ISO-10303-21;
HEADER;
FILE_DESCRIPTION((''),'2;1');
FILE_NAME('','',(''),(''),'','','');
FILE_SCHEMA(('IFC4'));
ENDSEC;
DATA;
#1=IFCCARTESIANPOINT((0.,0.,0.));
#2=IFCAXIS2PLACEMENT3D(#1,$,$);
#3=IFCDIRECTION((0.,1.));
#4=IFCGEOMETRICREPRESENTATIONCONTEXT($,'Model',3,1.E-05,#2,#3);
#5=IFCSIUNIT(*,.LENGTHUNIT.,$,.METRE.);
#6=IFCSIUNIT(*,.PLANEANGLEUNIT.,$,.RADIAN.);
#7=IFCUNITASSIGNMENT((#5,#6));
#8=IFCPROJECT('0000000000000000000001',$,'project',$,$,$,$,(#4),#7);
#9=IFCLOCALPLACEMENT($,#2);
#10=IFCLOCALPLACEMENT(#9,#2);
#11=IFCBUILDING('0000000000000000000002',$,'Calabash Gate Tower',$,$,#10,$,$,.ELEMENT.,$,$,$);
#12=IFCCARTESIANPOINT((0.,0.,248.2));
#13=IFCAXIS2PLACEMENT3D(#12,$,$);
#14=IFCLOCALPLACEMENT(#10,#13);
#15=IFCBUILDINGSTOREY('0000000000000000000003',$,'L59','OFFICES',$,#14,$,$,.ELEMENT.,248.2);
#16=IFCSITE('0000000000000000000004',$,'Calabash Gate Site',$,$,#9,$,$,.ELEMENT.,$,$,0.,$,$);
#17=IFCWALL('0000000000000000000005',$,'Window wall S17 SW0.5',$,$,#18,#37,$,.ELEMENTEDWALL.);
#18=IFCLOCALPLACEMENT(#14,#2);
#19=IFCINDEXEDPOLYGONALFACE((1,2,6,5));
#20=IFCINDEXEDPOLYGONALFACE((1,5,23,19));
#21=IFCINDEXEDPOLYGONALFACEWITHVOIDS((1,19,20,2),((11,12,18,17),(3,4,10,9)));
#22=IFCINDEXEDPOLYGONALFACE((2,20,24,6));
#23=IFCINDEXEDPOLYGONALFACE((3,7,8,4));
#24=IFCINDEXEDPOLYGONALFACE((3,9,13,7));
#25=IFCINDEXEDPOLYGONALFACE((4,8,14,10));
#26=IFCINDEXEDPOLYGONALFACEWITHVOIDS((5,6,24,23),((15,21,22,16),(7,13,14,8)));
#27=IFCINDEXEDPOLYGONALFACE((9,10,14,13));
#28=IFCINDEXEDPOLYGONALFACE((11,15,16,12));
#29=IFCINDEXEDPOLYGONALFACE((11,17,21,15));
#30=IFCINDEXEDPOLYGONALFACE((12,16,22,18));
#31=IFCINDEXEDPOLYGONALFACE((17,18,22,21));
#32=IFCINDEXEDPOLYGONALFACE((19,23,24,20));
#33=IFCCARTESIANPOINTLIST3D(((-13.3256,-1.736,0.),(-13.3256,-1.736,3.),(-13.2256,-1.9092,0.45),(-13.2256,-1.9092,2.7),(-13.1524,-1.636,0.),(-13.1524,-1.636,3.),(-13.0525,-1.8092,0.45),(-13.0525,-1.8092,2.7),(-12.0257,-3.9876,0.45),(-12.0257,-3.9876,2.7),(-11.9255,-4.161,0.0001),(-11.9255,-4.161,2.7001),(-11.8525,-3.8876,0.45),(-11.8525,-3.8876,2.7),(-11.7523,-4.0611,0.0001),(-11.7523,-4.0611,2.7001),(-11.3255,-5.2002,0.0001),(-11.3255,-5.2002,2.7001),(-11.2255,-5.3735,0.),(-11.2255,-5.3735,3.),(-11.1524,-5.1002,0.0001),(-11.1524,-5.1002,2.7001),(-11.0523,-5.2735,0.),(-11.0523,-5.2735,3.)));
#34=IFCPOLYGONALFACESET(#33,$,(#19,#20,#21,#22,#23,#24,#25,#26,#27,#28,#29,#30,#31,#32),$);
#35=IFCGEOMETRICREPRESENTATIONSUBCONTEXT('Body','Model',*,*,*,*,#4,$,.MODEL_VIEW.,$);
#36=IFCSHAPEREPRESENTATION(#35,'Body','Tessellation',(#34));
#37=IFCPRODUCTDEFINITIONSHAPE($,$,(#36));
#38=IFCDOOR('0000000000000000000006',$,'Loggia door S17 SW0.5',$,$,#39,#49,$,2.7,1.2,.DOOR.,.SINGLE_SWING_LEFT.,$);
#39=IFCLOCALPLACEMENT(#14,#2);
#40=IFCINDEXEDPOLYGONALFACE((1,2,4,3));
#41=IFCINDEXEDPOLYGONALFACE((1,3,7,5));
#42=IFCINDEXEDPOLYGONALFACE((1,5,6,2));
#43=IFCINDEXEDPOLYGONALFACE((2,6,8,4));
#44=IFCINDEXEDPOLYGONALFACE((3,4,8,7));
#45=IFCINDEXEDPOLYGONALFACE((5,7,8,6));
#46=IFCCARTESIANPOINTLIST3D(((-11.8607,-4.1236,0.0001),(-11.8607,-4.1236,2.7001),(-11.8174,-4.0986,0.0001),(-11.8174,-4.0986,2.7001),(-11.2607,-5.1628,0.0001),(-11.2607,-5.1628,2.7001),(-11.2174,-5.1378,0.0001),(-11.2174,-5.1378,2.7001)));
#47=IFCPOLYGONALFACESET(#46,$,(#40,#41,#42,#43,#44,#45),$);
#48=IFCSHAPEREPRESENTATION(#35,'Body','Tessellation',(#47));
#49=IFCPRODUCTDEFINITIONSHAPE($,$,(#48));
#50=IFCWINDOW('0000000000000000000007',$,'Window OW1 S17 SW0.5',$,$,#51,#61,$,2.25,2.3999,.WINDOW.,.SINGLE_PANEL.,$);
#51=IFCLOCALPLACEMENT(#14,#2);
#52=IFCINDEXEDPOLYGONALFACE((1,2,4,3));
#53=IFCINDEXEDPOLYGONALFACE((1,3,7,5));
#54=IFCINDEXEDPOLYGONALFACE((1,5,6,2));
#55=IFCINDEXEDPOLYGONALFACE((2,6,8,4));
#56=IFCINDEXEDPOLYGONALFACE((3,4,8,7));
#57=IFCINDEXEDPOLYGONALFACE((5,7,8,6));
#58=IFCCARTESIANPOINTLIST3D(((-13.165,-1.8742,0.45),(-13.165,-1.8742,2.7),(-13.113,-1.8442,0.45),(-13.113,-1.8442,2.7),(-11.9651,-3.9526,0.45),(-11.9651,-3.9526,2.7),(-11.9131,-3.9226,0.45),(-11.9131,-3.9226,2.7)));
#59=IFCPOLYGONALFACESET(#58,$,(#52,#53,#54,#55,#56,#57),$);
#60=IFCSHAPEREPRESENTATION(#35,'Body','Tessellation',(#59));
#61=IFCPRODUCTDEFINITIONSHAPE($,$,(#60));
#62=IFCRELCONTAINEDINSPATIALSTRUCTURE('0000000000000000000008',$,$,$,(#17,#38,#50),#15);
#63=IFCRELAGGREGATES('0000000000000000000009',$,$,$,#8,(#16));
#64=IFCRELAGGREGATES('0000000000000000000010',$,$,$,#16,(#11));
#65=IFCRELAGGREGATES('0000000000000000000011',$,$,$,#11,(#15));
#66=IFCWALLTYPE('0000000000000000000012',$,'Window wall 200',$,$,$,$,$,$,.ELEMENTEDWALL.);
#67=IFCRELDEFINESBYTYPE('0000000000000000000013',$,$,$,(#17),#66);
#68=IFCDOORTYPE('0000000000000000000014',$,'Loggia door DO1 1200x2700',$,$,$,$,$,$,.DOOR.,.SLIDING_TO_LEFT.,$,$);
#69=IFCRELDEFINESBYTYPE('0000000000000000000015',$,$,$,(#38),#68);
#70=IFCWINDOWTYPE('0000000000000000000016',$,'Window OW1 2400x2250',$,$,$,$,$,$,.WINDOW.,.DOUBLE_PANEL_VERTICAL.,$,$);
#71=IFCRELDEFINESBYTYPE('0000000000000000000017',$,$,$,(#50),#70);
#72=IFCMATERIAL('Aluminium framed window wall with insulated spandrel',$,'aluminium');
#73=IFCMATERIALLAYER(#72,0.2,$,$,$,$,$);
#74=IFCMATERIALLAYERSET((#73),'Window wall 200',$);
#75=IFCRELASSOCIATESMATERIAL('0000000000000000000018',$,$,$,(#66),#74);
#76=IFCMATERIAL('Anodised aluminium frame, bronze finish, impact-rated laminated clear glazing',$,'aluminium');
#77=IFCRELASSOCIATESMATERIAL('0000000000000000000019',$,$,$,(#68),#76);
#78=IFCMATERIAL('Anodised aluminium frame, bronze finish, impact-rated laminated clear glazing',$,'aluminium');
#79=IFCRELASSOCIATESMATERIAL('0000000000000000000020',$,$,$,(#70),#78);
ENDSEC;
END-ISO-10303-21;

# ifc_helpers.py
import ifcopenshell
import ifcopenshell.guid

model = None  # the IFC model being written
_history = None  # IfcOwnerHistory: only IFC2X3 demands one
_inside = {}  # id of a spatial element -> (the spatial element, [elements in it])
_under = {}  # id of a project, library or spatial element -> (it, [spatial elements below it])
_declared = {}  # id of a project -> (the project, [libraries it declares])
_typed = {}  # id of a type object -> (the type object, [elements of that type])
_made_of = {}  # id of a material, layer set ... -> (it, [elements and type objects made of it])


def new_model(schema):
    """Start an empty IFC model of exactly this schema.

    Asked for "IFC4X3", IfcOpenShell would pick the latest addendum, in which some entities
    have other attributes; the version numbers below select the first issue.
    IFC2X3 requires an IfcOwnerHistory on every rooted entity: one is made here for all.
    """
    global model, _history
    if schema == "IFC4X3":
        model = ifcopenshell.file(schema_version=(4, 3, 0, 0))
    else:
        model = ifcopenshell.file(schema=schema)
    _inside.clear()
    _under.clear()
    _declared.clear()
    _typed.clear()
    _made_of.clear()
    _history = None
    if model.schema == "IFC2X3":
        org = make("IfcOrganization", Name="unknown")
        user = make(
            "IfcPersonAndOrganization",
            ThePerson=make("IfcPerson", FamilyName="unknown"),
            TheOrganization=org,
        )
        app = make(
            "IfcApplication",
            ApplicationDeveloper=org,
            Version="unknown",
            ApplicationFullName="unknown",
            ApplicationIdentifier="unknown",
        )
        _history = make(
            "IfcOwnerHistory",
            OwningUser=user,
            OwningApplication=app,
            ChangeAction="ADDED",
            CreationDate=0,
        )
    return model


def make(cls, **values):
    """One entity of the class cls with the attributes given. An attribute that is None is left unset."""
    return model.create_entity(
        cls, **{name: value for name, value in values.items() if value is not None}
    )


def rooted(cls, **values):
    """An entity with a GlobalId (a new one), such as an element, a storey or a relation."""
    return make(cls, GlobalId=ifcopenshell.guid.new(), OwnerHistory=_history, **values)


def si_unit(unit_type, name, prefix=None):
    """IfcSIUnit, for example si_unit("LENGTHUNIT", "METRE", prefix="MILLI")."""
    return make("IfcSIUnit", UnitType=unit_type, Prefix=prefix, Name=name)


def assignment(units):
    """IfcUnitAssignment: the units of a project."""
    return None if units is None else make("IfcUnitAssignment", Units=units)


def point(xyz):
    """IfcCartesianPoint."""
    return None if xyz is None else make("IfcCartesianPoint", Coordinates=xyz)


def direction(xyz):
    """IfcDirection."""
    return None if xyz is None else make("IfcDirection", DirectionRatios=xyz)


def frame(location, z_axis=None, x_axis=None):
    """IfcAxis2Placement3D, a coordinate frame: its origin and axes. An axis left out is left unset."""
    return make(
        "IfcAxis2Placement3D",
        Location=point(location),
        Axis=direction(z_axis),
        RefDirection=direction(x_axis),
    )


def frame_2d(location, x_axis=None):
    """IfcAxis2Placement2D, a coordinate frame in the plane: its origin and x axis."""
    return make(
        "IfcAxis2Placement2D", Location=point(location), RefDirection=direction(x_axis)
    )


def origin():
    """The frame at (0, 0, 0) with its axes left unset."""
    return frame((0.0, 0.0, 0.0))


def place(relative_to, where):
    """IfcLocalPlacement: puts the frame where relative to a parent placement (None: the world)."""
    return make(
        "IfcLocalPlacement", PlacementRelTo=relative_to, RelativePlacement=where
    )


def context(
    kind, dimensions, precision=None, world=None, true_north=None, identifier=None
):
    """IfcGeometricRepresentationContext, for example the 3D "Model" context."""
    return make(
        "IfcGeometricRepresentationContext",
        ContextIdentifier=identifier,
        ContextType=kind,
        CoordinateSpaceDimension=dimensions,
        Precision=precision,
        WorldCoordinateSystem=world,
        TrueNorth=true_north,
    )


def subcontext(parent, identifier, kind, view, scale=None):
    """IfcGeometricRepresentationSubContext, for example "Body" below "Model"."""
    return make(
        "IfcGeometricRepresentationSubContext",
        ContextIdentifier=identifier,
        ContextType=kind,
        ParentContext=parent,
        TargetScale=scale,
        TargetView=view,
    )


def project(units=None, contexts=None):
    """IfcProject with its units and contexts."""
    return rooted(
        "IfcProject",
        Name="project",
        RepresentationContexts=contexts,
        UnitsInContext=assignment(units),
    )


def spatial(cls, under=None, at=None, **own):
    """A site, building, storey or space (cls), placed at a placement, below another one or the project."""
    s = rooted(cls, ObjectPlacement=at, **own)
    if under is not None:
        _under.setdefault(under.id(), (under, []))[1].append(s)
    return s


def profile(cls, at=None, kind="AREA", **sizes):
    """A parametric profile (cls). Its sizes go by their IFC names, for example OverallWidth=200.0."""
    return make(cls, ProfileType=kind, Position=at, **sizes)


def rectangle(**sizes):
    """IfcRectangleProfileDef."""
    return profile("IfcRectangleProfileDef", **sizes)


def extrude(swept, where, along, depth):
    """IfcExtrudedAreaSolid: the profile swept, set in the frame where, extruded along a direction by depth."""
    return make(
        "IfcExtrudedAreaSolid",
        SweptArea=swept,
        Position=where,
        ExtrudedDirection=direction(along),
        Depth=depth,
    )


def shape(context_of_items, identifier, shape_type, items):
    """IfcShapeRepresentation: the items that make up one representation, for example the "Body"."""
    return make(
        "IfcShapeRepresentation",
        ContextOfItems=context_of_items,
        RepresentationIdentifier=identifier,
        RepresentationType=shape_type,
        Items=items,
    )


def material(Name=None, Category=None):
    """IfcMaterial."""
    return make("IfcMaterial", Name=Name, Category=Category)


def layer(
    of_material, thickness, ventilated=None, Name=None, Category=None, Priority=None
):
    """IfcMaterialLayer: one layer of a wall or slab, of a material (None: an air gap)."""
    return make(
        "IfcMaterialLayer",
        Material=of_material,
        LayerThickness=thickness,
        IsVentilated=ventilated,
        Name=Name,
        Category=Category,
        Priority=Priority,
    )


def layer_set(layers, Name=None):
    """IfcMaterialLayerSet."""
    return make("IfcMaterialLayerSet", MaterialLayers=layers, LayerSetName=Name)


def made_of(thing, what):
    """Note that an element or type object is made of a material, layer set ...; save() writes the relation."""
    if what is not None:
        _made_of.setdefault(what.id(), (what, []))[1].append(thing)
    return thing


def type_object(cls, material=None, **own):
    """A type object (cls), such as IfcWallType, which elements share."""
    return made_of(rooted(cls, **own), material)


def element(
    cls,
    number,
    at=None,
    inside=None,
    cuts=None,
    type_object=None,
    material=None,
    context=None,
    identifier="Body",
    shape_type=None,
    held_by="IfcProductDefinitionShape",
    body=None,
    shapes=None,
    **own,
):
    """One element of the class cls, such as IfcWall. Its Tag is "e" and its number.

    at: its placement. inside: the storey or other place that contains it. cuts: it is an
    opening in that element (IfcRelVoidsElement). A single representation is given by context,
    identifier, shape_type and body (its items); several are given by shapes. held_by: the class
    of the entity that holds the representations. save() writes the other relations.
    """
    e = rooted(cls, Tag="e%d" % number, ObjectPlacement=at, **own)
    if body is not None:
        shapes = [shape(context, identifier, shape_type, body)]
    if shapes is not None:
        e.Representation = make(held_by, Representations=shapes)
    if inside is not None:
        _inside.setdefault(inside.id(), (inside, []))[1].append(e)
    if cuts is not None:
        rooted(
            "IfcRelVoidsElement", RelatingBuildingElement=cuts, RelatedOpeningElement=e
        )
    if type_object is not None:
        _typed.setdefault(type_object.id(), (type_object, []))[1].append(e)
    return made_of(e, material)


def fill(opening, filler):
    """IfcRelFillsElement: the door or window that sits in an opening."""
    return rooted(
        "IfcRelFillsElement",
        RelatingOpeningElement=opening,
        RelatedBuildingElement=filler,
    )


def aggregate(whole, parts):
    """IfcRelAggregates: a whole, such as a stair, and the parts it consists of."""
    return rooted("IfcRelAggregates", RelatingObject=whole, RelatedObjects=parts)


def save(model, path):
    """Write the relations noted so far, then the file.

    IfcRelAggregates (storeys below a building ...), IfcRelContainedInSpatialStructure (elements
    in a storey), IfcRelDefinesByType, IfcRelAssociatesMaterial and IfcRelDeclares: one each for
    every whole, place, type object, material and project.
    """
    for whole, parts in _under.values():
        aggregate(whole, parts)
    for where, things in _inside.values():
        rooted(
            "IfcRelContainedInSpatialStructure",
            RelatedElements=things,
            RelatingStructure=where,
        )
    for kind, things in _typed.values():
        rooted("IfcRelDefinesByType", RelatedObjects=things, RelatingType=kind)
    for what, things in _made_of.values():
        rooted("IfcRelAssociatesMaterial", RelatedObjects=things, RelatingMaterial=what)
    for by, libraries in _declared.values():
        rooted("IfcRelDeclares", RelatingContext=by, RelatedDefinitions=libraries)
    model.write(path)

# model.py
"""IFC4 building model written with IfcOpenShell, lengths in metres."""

from ifc_helpers import new_model, si_unit, direction, frame, frame_2d, origin, place, context, subcontext, project, spatial, rectangle, extrude, material, layer, layer_set, type_object, element, fill, save


model = new_model("IFC4")

# Units and contexts
model_context = context("Model", 3, precision=1e-05, world=origin(), true_north=direction((0.0, 1.0)))
body_context = subcontext(model_context, "Body", "Model", "MODEL_VIEW")
ifc_project = project(units=[si_unit("LENGTHUNIT", "METRE"), si_unit("PLANEANGLEUNIT", "RADIAN")], contexts=[model_context])

# Site, building, storey
site_placement = place(None, origin())
site = spatial("IfcSite", under=ifc_project, at=site_placement, Name="Calabash Gate Site", CompositionType="ELEMENT", RefElevation=0.0)
building_placement = place(site_placement, origin())
building = spatial("IfcBuilding", under=site, at=building_placement, Name="Calabash Gate Tower", CompositionType="ELEMENT")
storey_placement = place(building_placement, frame((0.0, 0.0, 248.2)))
storey = spatial("IfcBuildingStorey", under=building, at=storey_placement, Name="L59", Description="OFFICES", CompositionType="ELEMENT", Elevation=248.2)

# Shared definitions
ifc_material_1 = material(Name="Aluminium framed window wall with insulated spandrel", Category="aluminium")
ifc_layer_1 = layer(ifc_material_1, 0.2)
ifc_layer_set_1 = layer_set([ifc_layer_1], Name="Window wall 200")
wall_type_1 = type_object("IfcWallType", Name="Window wall 200", PredefinedType="ELEMENTEDWALL", material=ifc_layer_set_1)

# Wall, openings, door, window
wall_1_placement = place(storey_placement, frame((-13.239, -1.686, 0.0), z_axis=(0.0, 0.0, 1.0), x_axis=(0.500003, -0.866024, 0.0)))
wall_1 = element("IfcWall", 1, at=wall_1_placement, inside=storey, type_object=wall_type_1, Name="Window wall S17 SW0.5", PredefinedType="ELEMENTEDWALL", context=body_context, shape_type="SweptSolid", body=[
    extrude(rectangle(XDim=4.2002, YDim=0.2, at=frame_2d((2.1001, 0.0))), origin(), (0.0, 0.0, 1.0), 3.0),
])
opening_1_placement = place(wall_1_placement, frame((0.2, 0.0, 0.45)))
opening_1 = element("IfcOpeningElement", 2, at=opening_1_placement, cuts=wall_1, PredefinedType="OPENING", context=body_context, shape_type="SweptSolid", body=[
    extrude(rectangle(XDim=2.3999, YDim=2.25, at=frame_2d((1.2, 1.125))), frame((0.0, 0.1099, 0.0), z_axis=(0.0, -1.0, 0.0), x_axis=(1.0, 0.0, 0.0)), (0.0, 0.0, 1.0), 0.22),
])
opening_2_placement = place(wall_1_placement, frame((2.8, 0.0, 0.0)))
opening_2 = element("IfcOpeningElement", 3, at=opening_2_placement, cuts=wall_1, PredefinedType="OPENING", context=body_context, shape_type="SweptSolid", body=[
    extrude(rectangle(XDim=1.2, YDim=2.7, at=frame_2d((0.6001, 1.3501))), frame((0.0, 0.1099, 0.0), z_axis=(0.0, -1.0, 0.0), x_axis=(1.0, 0.0, 0.0)), (0.0, 0.0, 1.0), 0.22),
])
ifc_material_2 = material(Name="Anodised aluminium frame, bronze finish, impact-rated laminated clear glazing", Category="aluminium")
door_type_1 = type_object("IfcDoorType", Name="Loggia door DO1 1200x2700", OperationType="SLIDING_TO_LEFT", PredefinedType="DOOR", material=ifc_material_2)
door_1_placement = place(opening_2_placement, origin())
door_1 = element("IfcDoor", 4, at=door_1_placement, inside=storey, type_object=door_type_1, Name="Loggia door S17 SW0.5", OperationType="SINGLE_SWING_LEFT", OverallHeight=2.7, OverallWidth=1.2, PredefinedType="DOOR", context=body_context, shape_type="SweptSolid", body=[
    extrude(rectangle(XDim=1.2, YDim=2.7, at=frame_2d((0.6001, 1.3501))), frame((0.0, 0.0249, 0.0), z_axis=(0.0, -1.0, 0.0), x_axis=(1.0, 0.0, 0.0)), (0.0, 0.0, 1.0), 0.05),
])
fill(opening_2, door_1)
ifc_material_3 = material(Name="Anodised aluminium frame, bronze finish, impact-rated laminated clear glazing", Category="aluminium")
window_type_1 = type_object("IfcWindowType", Name="Window OW1 2400x2250", PartitioningType="DOUBLE_PANEL_VERTICAL", PredefinedType="WINDOW", material=ifc_material_3)
window_1_placement = place(opening_1_placement, origin())
window_1 = element("IfcWindow", 5, at=window_1_placement, inside=storey, type_object=window_type_1, Name="Window OW1 S17 SW0.5", OverallHeight=2.25, OverallWidth=2.3999, PartitioningType="SINGLE_PANEL", PredefinedType="WINDOW", context=body_context, shape_type="SweptSolid", body=[
    extrude(rectangle(XDim=2.3999, YDim=2.25, at=frame_2d((1.2, 1.125))), frame((0.0, 0.03, 0.0), z_axis=(0.0, -1.0, 0.0), x_axis=(1.0, 0.0, 0.0)), (0.0, 0.0, 1.0), 0.0601),
])
fill(opening_1, window_1)

save(model, "model.ifc")
